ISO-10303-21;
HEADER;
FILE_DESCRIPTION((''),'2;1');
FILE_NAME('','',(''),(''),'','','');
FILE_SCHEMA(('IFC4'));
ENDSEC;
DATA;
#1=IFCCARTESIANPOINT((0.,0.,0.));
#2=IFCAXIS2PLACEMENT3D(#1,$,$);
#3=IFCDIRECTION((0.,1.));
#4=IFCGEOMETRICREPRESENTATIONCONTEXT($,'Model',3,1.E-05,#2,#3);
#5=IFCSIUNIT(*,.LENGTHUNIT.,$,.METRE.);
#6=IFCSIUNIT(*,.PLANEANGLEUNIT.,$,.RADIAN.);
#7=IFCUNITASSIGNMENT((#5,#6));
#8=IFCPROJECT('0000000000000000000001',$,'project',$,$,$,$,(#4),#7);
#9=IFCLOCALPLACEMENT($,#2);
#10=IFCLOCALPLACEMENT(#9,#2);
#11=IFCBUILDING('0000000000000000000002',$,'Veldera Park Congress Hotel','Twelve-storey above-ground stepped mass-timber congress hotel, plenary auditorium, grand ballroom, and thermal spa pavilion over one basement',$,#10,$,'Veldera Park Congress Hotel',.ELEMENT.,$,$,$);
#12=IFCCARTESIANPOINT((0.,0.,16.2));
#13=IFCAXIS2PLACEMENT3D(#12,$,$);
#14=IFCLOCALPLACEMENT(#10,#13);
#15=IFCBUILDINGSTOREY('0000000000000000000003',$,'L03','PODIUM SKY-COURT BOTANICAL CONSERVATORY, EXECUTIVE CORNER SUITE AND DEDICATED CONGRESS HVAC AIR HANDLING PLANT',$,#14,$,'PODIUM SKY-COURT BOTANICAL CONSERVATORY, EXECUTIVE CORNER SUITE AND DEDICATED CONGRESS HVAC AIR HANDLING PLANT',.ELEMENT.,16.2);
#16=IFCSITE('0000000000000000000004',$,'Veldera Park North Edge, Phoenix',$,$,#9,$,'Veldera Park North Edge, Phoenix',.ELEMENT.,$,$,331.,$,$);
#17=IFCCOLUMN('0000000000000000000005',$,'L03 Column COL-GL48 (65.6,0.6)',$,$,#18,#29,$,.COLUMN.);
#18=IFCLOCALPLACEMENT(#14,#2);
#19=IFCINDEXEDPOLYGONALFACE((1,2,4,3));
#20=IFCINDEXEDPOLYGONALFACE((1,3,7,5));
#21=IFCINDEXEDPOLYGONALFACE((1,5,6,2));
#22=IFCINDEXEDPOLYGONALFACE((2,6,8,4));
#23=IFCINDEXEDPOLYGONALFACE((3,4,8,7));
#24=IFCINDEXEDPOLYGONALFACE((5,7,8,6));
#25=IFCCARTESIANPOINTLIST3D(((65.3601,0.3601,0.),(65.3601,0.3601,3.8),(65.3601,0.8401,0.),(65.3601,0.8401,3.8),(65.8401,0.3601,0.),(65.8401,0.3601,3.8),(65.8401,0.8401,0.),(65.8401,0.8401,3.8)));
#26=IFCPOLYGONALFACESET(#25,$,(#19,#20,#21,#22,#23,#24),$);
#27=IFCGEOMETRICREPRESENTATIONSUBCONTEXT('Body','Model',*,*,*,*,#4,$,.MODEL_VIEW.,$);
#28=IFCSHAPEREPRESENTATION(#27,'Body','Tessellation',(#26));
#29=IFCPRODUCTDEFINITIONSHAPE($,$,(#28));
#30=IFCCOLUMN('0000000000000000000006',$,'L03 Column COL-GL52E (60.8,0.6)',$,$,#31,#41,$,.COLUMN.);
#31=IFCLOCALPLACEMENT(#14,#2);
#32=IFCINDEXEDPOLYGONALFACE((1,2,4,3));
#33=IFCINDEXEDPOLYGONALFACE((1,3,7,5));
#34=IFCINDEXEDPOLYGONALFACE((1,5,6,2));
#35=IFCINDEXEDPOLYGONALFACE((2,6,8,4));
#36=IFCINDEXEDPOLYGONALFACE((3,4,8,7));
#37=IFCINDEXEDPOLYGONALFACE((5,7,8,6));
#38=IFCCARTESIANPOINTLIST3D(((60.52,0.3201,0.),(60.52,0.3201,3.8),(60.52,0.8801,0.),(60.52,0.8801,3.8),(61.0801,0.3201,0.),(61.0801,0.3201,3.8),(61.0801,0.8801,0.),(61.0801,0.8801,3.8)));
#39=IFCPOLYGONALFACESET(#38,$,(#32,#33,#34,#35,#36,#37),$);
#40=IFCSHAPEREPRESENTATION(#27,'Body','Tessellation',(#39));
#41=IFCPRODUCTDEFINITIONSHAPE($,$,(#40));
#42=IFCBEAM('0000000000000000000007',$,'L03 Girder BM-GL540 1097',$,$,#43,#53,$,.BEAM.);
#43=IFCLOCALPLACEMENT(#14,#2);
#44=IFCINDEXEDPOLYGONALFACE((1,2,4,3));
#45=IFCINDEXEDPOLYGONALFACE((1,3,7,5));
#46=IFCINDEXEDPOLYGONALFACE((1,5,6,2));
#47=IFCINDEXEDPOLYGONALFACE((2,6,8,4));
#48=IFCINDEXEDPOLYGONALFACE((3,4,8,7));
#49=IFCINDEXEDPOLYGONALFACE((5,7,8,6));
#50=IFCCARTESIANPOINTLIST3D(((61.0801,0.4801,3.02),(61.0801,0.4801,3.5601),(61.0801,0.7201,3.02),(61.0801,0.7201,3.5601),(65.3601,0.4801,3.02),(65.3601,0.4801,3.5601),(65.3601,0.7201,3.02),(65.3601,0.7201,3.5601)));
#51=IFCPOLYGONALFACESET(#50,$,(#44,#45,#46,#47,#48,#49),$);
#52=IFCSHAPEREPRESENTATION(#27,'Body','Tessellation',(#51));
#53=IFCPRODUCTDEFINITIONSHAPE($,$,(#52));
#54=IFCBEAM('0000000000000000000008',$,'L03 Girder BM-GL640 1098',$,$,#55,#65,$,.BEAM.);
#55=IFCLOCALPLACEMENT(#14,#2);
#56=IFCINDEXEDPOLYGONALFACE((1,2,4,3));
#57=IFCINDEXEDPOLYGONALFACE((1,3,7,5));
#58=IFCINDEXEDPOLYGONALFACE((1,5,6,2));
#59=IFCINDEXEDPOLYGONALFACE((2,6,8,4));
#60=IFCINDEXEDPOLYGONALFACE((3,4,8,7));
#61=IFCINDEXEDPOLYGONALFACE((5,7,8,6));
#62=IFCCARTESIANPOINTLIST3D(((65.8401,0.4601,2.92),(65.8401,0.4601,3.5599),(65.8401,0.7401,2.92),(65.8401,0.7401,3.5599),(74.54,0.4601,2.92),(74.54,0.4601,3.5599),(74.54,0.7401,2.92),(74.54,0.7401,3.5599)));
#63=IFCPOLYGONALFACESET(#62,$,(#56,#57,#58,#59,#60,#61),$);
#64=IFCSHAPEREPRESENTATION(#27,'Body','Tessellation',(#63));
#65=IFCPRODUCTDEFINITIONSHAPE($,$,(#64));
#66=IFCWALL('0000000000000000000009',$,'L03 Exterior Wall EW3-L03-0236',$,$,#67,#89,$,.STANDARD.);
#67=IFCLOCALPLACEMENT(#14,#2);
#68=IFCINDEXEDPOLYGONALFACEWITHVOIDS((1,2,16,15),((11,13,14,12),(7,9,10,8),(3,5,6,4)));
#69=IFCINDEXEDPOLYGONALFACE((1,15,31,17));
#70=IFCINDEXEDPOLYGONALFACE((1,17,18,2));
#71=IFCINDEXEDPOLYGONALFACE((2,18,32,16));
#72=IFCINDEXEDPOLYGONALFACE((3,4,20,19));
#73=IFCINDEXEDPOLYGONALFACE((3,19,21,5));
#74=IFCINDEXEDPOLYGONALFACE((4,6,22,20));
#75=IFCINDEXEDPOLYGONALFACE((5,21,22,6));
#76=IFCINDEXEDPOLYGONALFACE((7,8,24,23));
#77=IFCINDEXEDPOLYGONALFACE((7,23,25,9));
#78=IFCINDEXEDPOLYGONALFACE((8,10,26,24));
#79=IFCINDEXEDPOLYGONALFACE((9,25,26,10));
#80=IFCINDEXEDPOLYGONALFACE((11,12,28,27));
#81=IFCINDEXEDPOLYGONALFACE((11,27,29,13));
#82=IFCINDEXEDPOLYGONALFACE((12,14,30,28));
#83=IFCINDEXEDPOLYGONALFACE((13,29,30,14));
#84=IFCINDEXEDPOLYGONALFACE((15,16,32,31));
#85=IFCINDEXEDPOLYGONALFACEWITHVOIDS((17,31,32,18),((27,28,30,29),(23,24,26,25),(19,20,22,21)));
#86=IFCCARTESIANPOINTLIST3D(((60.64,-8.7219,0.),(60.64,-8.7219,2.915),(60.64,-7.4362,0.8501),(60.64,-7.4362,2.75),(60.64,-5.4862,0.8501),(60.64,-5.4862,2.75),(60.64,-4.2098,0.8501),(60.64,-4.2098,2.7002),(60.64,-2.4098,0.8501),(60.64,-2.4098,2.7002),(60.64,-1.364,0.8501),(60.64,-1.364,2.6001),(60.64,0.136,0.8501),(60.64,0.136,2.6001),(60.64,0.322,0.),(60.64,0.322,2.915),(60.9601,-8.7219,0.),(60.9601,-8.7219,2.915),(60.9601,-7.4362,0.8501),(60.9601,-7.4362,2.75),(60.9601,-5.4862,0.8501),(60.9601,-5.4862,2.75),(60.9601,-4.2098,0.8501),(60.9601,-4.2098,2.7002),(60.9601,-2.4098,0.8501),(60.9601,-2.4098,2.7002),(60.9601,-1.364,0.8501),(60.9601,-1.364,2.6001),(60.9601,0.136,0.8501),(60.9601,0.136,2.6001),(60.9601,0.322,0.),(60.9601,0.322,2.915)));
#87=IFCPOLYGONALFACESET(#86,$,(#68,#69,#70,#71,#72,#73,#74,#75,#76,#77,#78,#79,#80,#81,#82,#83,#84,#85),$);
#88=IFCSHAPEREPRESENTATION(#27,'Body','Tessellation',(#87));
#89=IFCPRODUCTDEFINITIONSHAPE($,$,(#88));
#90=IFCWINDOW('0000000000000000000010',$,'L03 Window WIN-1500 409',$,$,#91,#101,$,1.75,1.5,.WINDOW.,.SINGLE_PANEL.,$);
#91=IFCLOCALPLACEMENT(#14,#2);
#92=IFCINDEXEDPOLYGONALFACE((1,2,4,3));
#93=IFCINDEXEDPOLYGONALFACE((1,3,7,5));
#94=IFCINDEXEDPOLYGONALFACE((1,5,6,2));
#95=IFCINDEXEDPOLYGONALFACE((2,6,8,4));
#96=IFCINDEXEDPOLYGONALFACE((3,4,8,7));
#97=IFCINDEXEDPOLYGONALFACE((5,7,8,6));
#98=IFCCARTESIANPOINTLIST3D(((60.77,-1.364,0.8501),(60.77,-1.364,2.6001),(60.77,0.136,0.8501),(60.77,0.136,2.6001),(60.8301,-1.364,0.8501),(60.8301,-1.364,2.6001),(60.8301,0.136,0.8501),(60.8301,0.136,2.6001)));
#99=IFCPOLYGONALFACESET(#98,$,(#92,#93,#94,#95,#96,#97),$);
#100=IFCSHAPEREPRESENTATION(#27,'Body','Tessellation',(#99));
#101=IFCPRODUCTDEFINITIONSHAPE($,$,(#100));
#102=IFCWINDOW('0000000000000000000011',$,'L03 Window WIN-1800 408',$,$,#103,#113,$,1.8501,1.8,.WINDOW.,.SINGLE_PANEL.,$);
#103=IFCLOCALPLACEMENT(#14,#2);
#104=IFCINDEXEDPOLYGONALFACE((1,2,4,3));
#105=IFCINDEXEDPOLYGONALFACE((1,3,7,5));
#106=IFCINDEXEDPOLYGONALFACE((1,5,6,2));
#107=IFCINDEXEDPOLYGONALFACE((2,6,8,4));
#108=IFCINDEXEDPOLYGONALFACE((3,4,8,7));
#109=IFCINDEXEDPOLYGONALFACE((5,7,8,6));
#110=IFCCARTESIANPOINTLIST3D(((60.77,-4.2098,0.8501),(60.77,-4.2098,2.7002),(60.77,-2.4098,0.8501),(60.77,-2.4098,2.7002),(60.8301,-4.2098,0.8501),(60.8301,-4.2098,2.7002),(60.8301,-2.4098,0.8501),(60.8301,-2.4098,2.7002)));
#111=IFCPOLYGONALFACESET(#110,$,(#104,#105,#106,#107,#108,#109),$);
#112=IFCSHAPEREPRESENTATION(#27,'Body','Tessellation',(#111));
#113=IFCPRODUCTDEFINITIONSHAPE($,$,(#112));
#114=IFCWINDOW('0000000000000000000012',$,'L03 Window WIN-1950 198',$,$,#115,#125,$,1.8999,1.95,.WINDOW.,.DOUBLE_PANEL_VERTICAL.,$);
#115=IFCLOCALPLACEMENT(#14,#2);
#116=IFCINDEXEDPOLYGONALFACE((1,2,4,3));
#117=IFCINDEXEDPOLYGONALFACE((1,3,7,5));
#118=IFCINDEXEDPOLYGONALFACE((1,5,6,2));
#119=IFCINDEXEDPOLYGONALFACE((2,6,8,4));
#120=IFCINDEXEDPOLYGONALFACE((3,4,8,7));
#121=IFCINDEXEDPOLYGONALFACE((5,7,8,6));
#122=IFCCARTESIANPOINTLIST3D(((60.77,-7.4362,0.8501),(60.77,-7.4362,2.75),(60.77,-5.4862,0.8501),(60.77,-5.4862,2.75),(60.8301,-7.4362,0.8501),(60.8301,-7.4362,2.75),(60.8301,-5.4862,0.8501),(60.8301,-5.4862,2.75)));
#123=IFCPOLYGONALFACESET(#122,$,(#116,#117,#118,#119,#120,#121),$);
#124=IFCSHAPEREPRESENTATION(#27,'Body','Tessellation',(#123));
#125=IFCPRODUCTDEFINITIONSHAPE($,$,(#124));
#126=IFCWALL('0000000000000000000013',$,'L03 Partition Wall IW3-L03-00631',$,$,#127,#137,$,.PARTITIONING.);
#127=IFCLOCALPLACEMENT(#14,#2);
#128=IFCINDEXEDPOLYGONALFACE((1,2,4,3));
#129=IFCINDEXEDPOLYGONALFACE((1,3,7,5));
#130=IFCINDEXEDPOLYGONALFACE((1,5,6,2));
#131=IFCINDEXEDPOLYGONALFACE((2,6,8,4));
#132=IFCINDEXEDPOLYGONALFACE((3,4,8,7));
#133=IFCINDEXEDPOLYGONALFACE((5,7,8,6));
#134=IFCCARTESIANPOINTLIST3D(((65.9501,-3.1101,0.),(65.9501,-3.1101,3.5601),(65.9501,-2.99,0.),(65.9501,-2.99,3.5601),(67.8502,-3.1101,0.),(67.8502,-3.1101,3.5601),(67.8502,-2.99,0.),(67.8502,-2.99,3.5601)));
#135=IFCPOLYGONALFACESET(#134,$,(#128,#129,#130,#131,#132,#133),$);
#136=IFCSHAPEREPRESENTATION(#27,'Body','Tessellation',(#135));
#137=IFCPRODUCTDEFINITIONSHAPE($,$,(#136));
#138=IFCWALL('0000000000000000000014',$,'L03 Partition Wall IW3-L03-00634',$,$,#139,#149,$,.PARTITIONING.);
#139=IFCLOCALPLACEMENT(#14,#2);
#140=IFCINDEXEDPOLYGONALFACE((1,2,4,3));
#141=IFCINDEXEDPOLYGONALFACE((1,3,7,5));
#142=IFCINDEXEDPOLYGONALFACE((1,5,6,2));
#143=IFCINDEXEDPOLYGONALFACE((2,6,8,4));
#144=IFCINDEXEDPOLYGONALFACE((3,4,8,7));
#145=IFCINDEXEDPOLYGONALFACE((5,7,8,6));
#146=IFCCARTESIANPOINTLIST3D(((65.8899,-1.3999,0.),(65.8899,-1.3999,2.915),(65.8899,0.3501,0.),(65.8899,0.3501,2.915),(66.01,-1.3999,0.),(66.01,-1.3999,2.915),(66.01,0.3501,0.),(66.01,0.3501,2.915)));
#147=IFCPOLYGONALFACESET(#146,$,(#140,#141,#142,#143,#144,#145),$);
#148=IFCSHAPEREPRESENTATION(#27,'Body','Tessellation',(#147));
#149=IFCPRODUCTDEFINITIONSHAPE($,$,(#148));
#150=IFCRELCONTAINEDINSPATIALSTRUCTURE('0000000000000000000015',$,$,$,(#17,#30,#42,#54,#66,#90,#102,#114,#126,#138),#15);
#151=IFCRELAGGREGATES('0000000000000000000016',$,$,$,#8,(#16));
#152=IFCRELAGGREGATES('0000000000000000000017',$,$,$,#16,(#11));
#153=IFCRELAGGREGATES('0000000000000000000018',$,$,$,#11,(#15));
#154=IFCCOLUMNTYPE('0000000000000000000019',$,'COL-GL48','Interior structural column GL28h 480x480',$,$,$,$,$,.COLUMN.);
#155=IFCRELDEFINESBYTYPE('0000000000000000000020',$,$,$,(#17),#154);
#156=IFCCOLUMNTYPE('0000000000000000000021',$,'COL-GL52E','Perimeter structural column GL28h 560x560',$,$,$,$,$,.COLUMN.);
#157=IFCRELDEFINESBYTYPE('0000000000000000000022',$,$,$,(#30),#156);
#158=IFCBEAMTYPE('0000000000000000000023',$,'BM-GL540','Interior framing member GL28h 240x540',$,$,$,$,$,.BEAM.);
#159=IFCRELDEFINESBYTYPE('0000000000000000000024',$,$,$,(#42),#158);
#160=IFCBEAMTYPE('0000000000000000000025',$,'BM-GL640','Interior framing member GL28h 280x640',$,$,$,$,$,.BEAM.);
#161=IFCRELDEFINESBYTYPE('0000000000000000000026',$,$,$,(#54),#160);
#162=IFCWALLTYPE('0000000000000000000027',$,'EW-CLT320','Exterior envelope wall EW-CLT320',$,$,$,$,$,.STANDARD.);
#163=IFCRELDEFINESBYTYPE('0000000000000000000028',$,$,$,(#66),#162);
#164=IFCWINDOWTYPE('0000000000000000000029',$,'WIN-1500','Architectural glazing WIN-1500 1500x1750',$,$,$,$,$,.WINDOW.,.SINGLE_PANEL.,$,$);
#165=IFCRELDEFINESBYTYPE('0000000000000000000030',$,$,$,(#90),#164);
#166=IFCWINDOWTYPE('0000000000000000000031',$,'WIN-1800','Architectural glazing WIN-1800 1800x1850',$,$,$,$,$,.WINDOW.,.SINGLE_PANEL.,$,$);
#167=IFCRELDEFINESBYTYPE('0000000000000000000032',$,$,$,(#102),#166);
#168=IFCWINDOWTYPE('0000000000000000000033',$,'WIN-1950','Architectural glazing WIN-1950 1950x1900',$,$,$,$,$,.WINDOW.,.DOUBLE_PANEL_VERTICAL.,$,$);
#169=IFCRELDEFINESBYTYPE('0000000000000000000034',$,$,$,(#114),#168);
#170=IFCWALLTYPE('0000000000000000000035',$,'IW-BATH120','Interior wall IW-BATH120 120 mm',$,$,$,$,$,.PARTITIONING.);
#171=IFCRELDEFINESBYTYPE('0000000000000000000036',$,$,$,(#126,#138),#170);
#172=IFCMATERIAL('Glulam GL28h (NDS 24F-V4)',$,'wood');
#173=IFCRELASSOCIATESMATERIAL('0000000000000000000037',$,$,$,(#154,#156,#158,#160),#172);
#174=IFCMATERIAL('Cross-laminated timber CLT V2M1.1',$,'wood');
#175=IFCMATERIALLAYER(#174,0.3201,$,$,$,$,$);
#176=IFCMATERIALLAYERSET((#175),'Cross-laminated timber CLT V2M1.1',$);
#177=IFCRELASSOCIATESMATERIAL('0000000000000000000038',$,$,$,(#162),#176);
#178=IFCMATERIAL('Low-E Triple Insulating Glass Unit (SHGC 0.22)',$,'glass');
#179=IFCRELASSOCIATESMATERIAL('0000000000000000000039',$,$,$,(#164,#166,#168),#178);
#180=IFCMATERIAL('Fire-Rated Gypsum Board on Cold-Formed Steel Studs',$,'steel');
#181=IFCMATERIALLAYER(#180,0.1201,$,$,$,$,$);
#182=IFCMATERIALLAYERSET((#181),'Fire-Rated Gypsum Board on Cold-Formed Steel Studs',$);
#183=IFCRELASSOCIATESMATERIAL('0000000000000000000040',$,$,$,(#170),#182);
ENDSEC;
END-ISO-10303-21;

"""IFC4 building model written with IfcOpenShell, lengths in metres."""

from ifc_helpers import new_model, si_unit, direction, frame, frame_2d, origin, origin_2d, place, context, subcontext, project, spatial, rectangle, extrude, material, layer, layer_set, material_profile, profile_set, type_object, element, fill, save


model = new_model("IFC4")

# Units and contexts
model_context = context("Model", 3, precision=1e-05, world=origin(), true_north=direction((0.0, 1.0)))
body_context = subcontext(model_context, "Body", "Model", "MODEL_VIEW")
ifc_project = project(units=[si_unit("LENGTHUNIT", "METRE"), si_unit("PLANEANGLEUNIT", "RADIAN")], contexts=[model_context])

# Site, building, storey
site_placement = place(None, origin())
site = spatial("IfcSite", under=ifc_project, at=site_placement, Name="Veldera Park North Edge, Phoenix", LongName="Veldera Park North Edge, Phoenix", CompositionType="ELEMENT", RefElevation=331.0)
building_placement = place(site_placement, origin())
building = spatial("IfcBuilding", under=site, at=building_placement, Name="Veldera Park Congress Hotel", Description="Twelve-storey above-ground stepped mass-timber congress hotel, plenary auditorium, grand ballroom, and thermal spa pavilion over one basement", LongName="Veldera Park Congress Hotel", CompositionType="ELEMENT")
storey_placement = place(building_placement, frame((0.0, 0.0, 16.2)))
storey = spatial("IfcBuildingStorey", under=building, at=storey_placement, Name="L03", Description="PODIUM SKY-COURT BOTANICAL CONSERVATORY, EXECUTIVE CORNER SUITE AND DEDICATED CONGRESS HVAC AIR HANDLING PLANT", LongName="PODIUM SKY-COURT BOTANICAL CONSERVATORY, EXECUTIVE CORNER SUITE AND DEDICATED CONGRESS HVAC AIR HANDLING PLANT", CompositionType="ELEMENT", Elevation=16.2)

# Columns
ifc_material_1 = material(Name="Glulam GL28h (NDS 24F-V4)", Category="wood")
ifc_material_profile_1 = material_profile(ifc_material_1, rectangle(XDim=0.48, YDim=0.48, at=origin_2d()), Name="GL28h 480x480")
ifc_profile_set_1 = profile_set([ifc_material_profile_1], Name="Glulam GL28h (NDS 24F-V4)")
column_type_1 = type_object("IfcColumnType", Name="COL-GL48", Description="Interior structural column GL28h 480x480", PredefinedType="COLUMN", material=ifc_profile_set_1)
column_1_placement = place(storey_placement, frame((65.6001, 0.6001, 0.0), z_axis=(0.0, 0.0, 1.0), x_axis=(1.0, 0.0, 0.0)))
element("IfcColumn", 1, at=column_1_placement, inside=storey, type_object=column_type_1, Name="L03 Column COL-GL48 (65.6,0.6)", PredefinedType="COLUMN", context=body_context, shape_type="SweptSolid", body=[
    extrude(rectangle(XDim=0.48, YDim=0.48, at=origin_2d()), origin(), (0.0, 0.0, 1.0), 3.8),
])
ifc_material_profile_2 = material_profile(ifc_material_1, rectangle(XDim=0.5601, YDim=0.5601, at=origin_2d()), Name="GL28h 560x560")
ifc_profile_set_2 = profile_set([ifc_material_profile_2], Name="Glulam GL28h (NDS 24F-V4)")
column_type_2 = type_object("IfcColumnType", Name="COL-GL52E", Description="Perimeter structural column GL28h 560x560", PredefinedType="COLUMN", material=ifc_profile_set_2)
column_2_placement = place(storey_placement, frame((60.8, 0.6001, 0.0), z_axis=(0.0, 0.0, 1.0), x_axis=(1.0, 0.0, 0.0)))
element("IfcColumn", 2, at=column_2_placement, inside=storey, type_object=column_type_2, Name="L03 Column COL-GL52E (60.8,0.6)", PredefinedType="COLUMN", context=body_context, shape_type="SweptSolid", body=[
    extrude(rectangle(XDim=0.5601, YDim=0.5601, at=origin_2d()), origin(), (0.0, 0.0, 1.0), 3.8),
])

# Beams
ifc_material_profile_3 = material_profile(ifc_material_1, rectangle(XDim=0.24, YDim=0.54, at=origin_2d()), Name="GL28h 240x540")
ifc_profile_set_3 = profile_set([ifc_material_profile_3], Name="Glulam GL28h (NDS 24F-V4)")
beam_type_1 = type_object("IfcBeamType", Name="BM-GL540", Description="Interior framing member GL28h 240x540", PredefinedType="BEAM", material=ifc_profile_set_3)
beam_1_placement = place(storey_placement, frame((61.0801, 0.6001, 3.29), z_axis=(1.0, 0.0, 0.0), x_axis=(0.0, 1.0, 0.0)))
element("IfcBeam", 3, at=beam_1_placement, inside=storey, type_object=beam_type_1, Name="L03 Girder BM-GL540 1097", PredefinedType="BEAM", context=body_context, shape_type="SweptSolid", body=[
    extrude(rectangle(XDim=0.24, YDim=0.54, at=origin_2d()), origin(), (0.0, 0.0, 1.0), 4.28),
])
ifc_material_profile_4 = material_profile(ifc_material_1, rectangle(XDim=0.28, YDim=0.6399, at=origin_2d()), Name="GL28h 280x640")
ifc_profile_set_4 = profile_set([ifc_material_profile_4], Name="Glulam GL28h (NDS 24F-V4)")
beam_type_2 = type_object("IfcBeamType", Name="BM-GL640", Description="Interior framing member GL28h 280x640", PredefinedType="BEAM", material=ifc_profile_set_4)
beam_2_placement = place(storey_placement, frame((65.8401, 0.6001, 3.24), z_axis=(1.0, 0.0, 0.0), x_axis=(0.0, 1.0, 0.0)))
element("IfcBeam", 4, at=beam_2_placement, inside=storey, type_object=beam_type_2, Name="L03 Girder BM-GL640 1098", PredefinedType="BEAM", context=body_context, shape_type="SweptSolid", body=[
    extrude(rectangle(XDim=0.28, YDim=0.6399, at=origin_2d()), origin(), (0.0, 0.0, 1.0), 8.7),
])

# Wall, openings, windows
ifc_material_2 = material(Name="Cross-laminated timber CLT V2M1.1", Category="wood")
ifc_layer_1 = layer(ifc_material_2, 0.3201)
ifc_layer_set_1 = layer_set([ifc_layer_1], Name="Cross-laminated timber CLT V2M1.1")
wall_type_1 = type_object("IfcWallType", Name="EW-CLT320", Description="Exterior envelope wall EW-CLT320", PredefinedType="STANDARD", material=ifc_layer_set_1)
wall_1_placement = place(storey_placement, frame((60.8, 0.322, 0.0), z_axis=(0.0, 0.0, 1.0), x_axis=(0.0, -1.0, 0.0)))
wall_1 = element("IfcWall", 5, at=wall_1_placement, inside=storey, type_object=wall_type_1, Name="L03 Exterior Wall EW3-L03-0236", PredefinedType="STANDARD", context=body_context, shape_type="SweptSolid", body=[
    extrude(rectangle(XDim=9.0439, YDim=0.3201, at=frame_2d((4.522, 0.0))), origin(), (0.0, 0.0, 1.0), 2.915),
])
opening_1_placement = place(wall_1_placement, frame((5.8081, 0.0, 0.8501)))
opening_1 = element("IfcOpeningElement", 6, at=opening_1_placement, cuts=wall_1, PredefinedType="OPENING", context=body_context, shape_type="SweptSolid", body=[
    extrude(rectangle(XDim=1.95, YDim=1.8999, at=frame_2d((0.9751, 0.95))), frame((0.0, 0.1721, 0.0), z_axis=(0.0, -1.0, 0.0), x_axis=(1.0, 0.0, 0.0)), (0.0, 0.0, 1.0), 0.344),
])
opening_2_placement = place(wall_1_placement, frame((2.7319, 0.0, 0.8501)))
opening_2 = element("IfcOpeningElement", 7, at=opening_2_placement, cuts=wall_1, PredefinedType="OPENING", context=body_context, shape_type="SweptSolid", body=[
    extrude(rectangle(XDim=1.8, YDim=1.8501, at=frame_2d((0.8999, 0.925))), frame((0.0, 0.1721, 0.0), z_axis=(0.0, -1.0, 0.0), x_axis=(1.0, 0.0, 0.0)), (0.0, 0.0, 1.0), 0.344),
])
opening_3_placement = place(wall_1_placement, frame((0.186, 0.0, 0.8501)))
opening_3 = element("IfcOpeningElement", 8, at=opening_3_placement, cuts=wall_1, PredefinedType="OPENING", context=body_context, shape_type="SweptSolid", body=[
    extrude(rectangle(XDim=1.5, YDim=1.75, at=frame_2d((0.75, 0.875))), frame((0.0, 0.1721, 0.0), z_axis=(0.0, -1.0, 0.0), x_axis=(1.0, 0.0, 0.0)), (0.0, 0.0, 1.0), 0.344),
])
ifc_material_3 = material(Name="Low-E Triple Insulating Glass Unit (SHGC 0.22)", Category="glass")
window_type_1 = type_object("IfcWindowType", Name="WIN-1500", Description="Architectural glazing WIN-1500 1500x1750", PartitioningType="SINGLE_PANEL", PredefinedType="WINDOW", material=ifc_material_3)
window_1_placement = place(opening_3_placement, origin())
window_1 = element("IfcWindow", 9, at=window_1_placement, inside=storey, type_object=window_type_1, Name="L03 Window WIN-1500 409", OverallHeight=1.75, OverallWidth=1.5, PartitioningType="SINGLE_PANEL", PredefinedType="WINDOW", context=body_context, shape_type="SweptSolid", body=[
    extrude(rectangle(XDim=1.5, YDim=1.75, at=frame_2d((0.75, 0.875))), frame((0.0, 0.03, 0.0), z_axis=(0.0, -1.0, 0.0), x_axis=(1.0, 0.0, 0.0)), (0.0, 0.0, 1.0), 0.0601),
])
fill(opening_3, window_1)
window_type_2 = type_object("IfcWindowType", Name="WIN-1800", Description="Architectural glazing WIN-1800 1800x1850", PartitioningType="SINGLE_PANEL", PredefinedType="WINDOW", material=ifc_material_3)
window_2_placement = place(opening_2_placement, origin())
window_2 = element("IfcWindow", 10, at=window_2_placement, inside=storey, type_object=window_type_2, Name="L03 Window WIN-1800 408", OverallHeight=1.8501, OverallWidth=1.8, PartitioningType="SINGLE_PANEL", PredefinedType="WINDOW", context=body_context, shape_type="SweptSolid", body=[
    extrude(rectangle(XDim=1.8, YDim=1.8501, at=frame_2d((0.8999, 0.925))), frame((0.0, 0.03, 0.0), z_axis=(0.0, -1.0, 0.0), x_axis=(1.0, 0.0, 0.0)), (0.0, 0.0, 1.0), 0.0601),
])
fill(opening_2, window_2)
window_type_3 = type_object("IfcWindowType", Name="WIN-1950", Description="Architectural glazing WIN-1950 1950x1900", PartitioningType="DOUBLE_PANEL_VERTICAL", PredefinedType="WINDOW", material=ifc_material_3)
window_3_placement = place(opening_1_placement, origin())
window_3 = element("IfcWindow", 11, at=window_3_placement, inside=storey, type_object=window_type_3, Name="L03 Window WIN-1950 198", OverallHeight=1.8999, OverallWidth=1.95, PartitioningType="DOUBLE_PANEL_VERTICAL", PredefinedType="WINDOW", context=body_context, shape_type="SweptSolid", body=[
    extrude(rectangle(XDim=1.95, YDim=1.8999, at=frame_2d((0.9751, 0.95))), frame((0.0, 0.03, 0.0), z_axis=(0.0, -1.0, 0.0), x_axis=(1.0, 0.0, 0.0)), (0.0, 0.0, 1.0), 0.0601),
])
fill(opening_1, window_3)

# Shared definitions
ifc_material_4 = material(Name="Fire-Rated Gypsum Board on Cold-Formed Steel Studs", Category="steel")
ifc_layer_2 = layer(ifc_material_4, 0.1201)
ifc_layer_set_2 = layer_set([ifc_layer_2], Name="Fire-Rated Gypsum Board on Cold-Formed Steel Studs")
wall_type_2 = type_object("IfcWallType", Name="IW-BATH120", Description="Interior wall IW-BATH120 120 mm", PredefinedType="PARTITIONING", material=ifc_layer_set_2)

# Walls
wall_2_placement = place(storey_placement, frame((65.95, -3.05, 0.0), z_axis=(0.0, 0.0, 1.0), x_axis=(1.0, 0.0, 0.0)))
element("IfcWall", 12, at=wall_2_placement, inside=storey, type_object=wall_type_2, Name="L03 Partition Wall IW3-L03-00631", PredefinedType="PARTITIONING", context=body_context, shape_type="SweptSolid", body=[
    extrude(rectangle(XDim=1.9001, YDim=0.1201, at=frame_2d((0.9502, 0.0))), origin(), (0.0, 0.0, 1.0), 3.5601),
])
wall_3_placement = place(storey_placement, frame((65.95, -1.3999, 0.0), z_axis=(0.0, 0.0, 1.0), x_axis=(0.0, 1.0, 0.0)))
element("IfcWall", 13, at=wall_3_placement, inside=storey, type_object=wall_type_2, Name="L03 Partition Wall IW3-L03-00634", PredefinedType="PARTITIONING", context=body_context, shape_type="SweptSolid", body=[
    extrude(rectangle(XDim=1.75, YDim=0.1201, at=frame_2d((0.875, 0.0))), origin(), (0.0, 0.0, 1.0), 2.915),
])

save(model, "model.ifc")
